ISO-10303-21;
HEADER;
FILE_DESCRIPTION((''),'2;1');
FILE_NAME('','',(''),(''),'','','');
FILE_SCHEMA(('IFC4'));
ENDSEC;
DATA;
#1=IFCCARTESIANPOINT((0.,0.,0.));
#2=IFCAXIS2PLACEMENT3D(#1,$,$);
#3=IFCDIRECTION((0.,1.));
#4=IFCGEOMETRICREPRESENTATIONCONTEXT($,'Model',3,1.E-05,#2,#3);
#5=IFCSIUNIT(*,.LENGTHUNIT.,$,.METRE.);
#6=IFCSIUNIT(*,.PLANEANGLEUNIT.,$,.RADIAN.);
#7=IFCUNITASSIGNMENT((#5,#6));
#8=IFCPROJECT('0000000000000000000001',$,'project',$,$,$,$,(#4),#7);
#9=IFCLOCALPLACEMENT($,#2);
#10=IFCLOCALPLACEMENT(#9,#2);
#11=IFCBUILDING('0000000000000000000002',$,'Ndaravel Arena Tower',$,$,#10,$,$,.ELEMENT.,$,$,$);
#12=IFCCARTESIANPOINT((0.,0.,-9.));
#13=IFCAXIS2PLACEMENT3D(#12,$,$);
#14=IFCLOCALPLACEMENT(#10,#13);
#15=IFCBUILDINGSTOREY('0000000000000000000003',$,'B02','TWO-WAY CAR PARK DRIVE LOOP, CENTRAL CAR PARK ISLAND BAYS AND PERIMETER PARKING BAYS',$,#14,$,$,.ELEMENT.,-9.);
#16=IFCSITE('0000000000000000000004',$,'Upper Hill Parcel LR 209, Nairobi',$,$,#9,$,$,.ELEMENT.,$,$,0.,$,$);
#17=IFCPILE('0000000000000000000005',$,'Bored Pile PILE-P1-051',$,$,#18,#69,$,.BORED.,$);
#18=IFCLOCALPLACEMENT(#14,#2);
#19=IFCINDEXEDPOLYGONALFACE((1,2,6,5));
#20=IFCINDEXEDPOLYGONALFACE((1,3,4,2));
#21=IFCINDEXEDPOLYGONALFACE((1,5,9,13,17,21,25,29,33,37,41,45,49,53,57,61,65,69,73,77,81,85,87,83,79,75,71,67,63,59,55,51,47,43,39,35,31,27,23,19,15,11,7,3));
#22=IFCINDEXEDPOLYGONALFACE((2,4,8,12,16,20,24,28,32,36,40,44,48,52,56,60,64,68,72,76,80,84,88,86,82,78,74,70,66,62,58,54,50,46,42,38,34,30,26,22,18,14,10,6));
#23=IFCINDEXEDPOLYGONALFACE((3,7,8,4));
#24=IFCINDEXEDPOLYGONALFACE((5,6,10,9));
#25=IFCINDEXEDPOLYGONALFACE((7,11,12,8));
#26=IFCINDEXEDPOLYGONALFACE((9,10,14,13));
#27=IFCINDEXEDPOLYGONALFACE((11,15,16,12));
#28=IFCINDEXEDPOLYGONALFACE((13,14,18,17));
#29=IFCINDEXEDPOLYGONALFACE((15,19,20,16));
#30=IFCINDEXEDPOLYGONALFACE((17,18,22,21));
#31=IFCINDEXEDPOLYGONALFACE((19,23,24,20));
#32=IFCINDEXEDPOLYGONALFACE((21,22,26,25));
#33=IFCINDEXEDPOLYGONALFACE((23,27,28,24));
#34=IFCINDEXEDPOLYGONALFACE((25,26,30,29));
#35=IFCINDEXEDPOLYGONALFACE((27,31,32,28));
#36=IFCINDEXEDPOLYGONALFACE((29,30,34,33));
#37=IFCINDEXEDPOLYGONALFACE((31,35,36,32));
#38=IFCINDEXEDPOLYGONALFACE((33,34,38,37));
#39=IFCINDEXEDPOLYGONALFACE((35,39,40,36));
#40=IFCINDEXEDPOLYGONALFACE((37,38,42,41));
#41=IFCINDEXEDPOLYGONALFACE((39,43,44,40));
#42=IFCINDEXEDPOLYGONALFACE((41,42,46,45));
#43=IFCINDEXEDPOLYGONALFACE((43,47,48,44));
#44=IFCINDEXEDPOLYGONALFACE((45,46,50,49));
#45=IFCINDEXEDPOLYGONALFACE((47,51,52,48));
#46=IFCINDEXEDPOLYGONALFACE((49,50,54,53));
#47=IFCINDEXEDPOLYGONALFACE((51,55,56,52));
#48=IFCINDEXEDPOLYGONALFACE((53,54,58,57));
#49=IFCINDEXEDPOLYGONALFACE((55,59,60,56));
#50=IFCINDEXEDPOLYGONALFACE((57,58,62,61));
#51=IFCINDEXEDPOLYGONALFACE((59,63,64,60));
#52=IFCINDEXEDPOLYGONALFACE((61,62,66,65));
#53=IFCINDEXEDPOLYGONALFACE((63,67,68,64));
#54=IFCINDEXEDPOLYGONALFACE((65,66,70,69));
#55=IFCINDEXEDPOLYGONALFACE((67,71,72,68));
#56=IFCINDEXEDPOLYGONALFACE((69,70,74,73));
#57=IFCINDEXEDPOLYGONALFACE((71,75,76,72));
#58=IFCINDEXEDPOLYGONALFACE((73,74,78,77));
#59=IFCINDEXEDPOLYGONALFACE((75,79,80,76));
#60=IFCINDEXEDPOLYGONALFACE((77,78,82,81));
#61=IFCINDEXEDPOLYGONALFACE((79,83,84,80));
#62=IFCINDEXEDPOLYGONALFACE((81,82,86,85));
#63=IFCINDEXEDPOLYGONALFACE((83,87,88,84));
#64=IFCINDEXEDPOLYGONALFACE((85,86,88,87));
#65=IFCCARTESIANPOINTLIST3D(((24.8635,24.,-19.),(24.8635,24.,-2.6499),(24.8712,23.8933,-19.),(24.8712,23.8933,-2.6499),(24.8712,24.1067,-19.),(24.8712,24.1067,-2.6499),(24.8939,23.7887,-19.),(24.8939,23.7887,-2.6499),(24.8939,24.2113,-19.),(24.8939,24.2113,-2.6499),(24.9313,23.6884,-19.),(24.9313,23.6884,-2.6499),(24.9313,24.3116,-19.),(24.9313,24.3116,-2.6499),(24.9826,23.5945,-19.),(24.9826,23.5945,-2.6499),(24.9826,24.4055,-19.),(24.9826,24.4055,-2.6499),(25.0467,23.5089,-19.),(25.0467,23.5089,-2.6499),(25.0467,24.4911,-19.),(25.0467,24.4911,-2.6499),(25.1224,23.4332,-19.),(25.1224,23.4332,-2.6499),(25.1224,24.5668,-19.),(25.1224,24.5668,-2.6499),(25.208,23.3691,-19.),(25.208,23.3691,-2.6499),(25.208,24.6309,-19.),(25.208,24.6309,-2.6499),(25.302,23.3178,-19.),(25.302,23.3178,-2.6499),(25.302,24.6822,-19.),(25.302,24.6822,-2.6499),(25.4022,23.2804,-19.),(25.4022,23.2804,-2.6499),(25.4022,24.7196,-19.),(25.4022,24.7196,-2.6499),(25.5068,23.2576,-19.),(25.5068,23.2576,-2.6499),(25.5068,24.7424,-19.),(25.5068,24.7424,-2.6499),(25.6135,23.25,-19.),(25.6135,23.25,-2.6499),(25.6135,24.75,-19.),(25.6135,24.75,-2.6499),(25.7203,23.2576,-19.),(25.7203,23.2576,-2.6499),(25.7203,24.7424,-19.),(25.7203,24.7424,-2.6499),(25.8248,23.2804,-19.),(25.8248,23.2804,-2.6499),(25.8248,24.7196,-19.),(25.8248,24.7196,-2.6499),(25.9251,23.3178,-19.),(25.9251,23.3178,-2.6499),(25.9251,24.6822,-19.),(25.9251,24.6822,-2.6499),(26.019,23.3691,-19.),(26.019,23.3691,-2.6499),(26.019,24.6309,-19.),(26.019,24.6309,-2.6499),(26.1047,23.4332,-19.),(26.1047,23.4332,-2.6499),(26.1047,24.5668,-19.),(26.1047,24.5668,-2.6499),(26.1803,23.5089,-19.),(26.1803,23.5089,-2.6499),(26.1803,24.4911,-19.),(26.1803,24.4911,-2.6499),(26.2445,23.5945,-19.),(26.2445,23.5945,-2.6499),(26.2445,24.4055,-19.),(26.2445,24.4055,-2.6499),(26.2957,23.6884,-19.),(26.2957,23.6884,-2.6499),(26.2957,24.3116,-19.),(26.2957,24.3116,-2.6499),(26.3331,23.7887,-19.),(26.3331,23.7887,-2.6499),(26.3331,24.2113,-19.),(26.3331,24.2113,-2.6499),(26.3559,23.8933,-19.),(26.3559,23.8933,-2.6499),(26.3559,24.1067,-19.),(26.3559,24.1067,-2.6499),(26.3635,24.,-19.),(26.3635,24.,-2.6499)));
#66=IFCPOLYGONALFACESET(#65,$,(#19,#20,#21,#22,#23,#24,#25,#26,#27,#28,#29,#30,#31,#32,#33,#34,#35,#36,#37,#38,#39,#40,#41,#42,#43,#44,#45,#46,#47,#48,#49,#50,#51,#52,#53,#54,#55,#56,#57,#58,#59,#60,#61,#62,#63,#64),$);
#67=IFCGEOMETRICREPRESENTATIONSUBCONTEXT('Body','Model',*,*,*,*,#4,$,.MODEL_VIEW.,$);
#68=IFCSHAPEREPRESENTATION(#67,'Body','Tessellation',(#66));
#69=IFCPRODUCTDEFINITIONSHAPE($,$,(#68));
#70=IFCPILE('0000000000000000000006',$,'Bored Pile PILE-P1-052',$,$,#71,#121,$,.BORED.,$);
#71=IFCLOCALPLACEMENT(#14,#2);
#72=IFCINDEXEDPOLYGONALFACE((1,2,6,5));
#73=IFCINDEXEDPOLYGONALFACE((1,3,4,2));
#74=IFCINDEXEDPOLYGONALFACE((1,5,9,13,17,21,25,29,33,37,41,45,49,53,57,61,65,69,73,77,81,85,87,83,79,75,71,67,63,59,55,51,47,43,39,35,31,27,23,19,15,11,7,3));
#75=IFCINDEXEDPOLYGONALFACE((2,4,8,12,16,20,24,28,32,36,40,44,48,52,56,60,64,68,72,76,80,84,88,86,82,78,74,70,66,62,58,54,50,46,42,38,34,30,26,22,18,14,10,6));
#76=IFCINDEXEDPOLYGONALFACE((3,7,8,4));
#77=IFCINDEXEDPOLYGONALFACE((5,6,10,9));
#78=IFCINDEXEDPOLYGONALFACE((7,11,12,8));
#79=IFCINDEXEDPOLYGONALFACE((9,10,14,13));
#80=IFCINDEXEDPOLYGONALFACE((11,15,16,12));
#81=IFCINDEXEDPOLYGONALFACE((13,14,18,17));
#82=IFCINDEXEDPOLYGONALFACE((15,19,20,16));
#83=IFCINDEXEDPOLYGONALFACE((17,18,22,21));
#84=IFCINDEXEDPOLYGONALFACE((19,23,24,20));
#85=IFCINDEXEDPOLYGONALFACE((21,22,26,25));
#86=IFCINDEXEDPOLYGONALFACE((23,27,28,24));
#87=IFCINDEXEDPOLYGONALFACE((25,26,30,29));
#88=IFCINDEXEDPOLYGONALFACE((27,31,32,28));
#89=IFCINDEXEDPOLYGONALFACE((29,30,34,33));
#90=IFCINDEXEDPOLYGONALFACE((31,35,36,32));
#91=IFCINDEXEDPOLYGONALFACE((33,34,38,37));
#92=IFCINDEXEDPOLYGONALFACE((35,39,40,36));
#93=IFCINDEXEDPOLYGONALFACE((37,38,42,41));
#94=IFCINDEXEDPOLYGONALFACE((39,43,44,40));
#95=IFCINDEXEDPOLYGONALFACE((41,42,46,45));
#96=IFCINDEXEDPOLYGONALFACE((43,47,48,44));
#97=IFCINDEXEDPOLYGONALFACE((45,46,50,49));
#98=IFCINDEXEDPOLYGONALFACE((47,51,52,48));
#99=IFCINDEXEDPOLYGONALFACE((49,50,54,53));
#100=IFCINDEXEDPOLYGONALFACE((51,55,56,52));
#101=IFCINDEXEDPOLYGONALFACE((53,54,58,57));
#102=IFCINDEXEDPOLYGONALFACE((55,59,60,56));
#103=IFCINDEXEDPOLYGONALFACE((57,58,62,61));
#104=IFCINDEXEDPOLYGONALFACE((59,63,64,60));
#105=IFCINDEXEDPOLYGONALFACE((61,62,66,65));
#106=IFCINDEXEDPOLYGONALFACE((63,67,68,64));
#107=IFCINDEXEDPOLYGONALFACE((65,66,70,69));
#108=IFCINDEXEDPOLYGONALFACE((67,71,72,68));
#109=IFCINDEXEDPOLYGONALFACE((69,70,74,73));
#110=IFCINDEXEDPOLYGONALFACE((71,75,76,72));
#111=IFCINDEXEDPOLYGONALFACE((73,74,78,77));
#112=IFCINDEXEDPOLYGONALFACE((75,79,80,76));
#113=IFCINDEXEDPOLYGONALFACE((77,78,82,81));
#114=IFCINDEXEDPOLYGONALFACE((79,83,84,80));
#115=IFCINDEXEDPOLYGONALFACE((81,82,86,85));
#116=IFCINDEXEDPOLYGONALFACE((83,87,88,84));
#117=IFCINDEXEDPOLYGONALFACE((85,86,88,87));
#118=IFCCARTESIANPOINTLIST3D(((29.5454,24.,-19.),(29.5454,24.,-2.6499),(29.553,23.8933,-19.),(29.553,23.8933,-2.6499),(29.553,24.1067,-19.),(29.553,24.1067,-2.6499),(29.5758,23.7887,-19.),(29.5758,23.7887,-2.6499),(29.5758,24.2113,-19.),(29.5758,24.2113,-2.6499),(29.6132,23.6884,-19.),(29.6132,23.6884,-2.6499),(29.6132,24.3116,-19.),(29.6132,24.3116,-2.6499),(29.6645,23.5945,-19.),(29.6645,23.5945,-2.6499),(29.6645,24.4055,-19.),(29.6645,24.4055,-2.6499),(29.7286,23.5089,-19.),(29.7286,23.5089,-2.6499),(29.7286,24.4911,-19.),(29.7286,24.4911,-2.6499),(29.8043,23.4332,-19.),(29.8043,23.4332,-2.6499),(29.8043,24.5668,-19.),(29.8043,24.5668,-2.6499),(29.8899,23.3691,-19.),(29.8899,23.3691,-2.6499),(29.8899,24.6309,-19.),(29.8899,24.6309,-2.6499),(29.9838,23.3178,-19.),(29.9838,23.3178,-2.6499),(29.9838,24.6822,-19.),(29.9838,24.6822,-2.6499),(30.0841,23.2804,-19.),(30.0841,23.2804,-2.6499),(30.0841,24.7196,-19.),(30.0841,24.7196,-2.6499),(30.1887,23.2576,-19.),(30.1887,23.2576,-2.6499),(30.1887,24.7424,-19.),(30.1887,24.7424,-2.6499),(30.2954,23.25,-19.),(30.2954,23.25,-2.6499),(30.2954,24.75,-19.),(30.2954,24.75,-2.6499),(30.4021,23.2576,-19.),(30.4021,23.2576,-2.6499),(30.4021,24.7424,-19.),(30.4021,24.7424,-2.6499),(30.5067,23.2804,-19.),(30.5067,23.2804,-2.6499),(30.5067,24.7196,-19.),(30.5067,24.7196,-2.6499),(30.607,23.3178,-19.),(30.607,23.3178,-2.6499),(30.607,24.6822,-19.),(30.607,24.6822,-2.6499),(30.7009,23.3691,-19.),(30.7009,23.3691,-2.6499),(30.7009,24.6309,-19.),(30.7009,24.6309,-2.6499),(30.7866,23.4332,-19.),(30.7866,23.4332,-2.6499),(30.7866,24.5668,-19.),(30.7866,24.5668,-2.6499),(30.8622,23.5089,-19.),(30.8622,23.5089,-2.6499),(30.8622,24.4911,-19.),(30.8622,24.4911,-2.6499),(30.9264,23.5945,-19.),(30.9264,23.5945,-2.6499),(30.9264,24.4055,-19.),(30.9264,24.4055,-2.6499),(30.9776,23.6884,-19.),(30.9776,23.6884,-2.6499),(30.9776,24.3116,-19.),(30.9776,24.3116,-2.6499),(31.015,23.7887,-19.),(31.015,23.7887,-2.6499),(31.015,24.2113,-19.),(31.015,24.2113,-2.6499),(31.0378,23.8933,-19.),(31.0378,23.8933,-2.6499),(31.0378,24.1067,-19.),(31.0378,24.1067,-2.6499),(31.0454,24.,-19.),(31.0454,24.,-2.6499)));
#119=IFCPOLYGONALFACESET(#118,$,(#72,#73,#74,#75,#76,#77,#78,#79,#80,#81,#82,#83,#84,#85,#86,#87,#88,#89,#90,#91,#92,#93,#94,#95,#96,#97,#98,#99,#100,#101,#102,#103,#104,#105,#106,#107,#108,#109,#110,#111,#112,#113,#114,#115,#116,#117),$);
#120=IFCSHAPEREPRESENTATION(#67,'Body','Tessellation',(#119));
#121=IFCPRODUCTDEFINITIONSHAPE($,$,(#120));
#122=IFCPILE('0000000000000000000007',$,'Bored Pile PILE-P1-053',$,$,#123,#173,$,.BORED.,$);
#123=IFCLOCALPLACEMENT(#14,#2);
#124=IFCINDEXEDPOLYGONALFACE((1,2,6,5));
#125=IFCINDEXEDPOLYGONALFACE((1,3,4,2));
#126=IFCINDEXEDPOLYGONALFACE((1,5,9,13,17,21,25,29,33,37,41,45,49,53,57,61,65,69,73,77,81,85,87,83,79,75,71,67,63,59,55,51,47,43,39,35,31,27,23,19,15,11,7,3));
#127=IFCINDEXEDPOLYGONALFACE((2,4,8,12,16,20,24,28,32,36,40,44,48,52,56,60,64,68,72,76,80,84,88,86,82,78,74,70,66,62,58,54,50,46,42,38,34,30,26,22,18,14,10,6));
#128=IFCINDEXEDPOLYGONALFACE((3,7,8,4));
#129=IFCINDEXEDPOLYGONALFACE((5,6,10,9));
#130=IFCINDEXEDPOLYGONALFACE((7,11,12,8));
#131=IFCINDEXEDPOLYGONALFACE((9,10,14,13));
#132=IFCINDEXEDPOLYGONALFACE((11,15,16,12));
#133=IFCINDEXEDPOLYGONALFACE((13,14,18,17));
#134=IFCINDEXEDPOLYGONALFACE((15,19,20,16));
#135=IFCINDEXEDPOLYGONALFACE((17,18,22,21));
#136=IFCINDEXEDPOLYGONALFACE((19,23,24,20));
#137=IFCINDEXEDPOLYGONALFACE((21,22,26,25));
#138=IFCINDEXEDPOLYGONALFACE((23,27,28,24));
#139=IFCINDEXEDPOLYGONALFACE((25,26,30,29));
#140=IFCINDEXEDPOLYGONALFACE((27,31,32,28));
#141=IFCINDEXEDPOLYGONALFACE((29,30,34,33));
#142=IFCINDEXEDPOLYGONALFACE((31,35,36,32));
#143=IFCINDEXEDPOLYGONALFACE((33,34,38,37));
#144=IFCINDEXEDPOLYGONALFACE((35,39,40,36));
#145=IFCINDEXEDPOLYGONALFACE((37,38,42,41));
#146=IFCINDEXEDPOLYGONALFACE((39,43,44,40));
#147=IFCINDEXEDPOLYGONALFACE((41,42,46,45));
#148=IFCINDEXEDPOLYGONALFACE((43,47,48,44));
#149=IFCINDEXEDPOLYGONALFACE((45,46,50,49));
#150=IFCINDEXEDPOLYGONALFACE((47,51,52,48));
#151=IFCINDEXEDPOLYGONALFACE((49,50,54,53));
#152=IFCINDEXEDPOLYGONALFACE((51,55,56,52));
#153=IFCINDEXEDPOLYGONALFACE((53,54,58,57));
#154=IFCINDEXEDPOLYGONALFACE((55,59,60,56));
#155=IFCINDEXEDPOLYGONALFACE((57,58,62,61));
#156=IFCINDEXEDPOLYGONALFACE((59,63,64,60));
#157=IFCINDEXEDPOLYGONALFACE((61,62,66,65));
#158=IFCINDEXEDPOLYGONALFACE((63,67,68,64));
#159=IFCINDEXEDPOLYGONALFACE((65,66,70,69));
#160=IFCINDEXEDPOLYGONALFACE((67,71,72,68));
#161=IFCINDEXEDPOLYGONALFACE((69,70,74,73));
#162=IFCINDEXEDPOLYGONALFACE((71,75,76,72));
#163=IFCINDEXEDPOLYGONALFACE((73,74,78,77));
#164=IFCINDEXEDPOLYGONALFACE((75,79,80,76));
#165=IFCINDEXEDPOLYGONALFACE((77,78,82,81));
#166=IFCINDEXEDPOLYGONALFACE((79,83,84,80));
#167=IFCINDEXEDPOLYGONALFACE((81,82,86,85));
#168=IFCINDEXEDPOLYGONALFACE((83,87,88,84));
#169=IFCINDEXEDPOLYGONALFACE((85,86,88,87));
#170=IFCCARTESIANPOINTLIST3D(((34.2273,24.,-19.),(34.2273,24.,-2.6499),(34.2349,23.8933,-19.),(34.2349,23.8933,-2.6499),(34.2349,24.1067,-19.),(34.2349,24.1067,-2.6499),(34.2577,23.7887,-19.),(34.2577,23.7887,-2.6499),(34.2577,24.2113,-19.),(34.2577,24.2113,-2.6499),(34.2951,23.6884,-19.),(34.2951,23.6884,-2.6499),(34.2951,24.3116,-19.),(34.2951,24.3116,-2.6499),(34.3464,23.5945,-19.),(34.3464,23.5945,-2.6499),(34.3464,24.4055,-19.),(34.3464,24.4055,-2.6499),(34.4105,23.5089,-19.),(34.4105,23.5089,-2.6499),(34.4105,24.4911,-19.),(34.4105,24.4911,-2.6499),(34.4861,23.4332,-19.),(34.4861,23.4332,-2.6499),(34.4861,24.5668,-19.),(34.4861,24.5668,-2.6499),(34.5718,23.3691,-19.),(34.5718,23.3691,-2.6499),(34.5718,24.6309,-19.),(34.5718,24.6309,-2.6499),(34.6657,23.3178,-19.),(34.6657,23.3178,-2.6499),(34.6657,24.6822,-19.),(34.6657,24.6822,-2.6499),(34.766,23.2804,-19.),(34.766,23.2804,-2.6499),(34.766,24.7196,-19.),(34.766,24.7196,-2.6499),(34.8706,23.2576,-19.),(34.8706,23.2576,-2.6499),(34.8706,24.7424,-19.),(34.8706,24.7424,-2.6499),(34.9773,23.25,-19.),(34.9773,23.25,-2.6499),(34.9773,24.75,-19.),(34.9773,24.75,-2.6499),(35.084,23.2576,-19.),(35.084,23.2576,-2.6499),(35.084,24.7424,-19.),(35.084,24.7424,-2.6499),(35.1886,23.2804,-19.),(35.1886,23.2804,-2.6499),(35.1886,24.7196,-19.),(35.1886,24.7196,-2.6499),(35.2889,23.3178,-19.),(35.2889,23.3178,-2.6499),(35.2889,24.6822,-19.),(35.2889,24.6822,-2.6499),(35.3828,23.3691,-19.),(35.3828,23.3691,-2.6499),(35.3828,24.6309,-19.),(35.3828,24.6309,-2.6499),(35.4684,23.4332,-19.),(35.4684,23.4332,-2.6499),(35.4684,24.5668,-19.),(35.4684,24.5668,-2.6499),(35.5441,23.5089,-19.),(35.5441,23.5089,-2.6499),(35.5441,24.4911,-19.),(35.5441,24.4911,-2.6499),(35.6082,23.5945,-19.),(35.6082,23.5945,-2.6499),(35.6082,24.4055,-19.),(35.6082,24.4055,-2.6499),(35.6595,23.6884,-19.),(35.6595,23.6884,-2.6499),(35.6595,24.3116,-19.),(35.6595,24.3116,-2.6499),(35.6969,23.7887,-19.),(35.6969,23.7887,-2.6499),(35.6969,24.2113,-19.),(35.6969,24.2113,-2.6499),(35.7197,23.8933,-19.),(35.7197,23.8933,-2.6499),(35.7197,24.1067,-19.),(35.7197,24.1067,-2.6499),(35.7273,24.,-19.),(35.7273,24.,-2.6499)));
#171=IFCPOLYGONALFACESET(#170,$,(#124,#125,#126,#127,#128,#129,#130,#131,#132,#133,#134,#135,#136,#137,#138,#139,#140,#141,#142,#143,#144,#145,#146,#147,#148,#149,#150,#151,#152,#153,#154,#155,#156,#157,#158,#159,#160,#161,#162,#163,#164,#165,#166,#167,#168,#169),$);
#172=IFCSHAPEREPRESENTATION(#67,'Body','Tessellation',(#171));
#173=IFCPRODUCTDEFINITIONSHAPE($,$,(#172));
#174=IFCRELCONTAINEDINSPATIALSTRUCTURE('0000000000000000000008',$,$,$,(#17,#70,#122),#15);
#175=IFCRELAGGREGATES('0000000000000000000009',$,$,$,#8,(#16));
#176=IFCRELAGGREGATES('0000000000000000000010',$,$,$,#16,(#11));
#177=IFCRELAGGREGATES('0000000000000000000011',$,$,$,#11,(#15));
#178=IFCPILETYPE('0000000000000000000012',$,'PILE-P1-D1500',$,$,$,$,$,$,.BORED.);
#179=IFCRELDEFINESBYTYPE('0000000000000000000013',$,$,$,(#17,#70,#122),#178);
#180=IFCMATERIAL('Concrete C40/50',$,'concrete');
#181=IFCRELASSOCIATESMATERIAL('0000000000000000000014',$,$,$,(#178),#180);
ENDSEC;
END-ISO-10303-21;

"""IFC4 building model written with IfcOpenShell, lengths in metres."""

from ifc_helpers import new_model, si_unit, direction, frame, origin, origin_2d, place, context, subcontext, project, spatial, circle, extrude, material, material_profile, profile_set, type_object, element, save


model = new_model("IFC4")

# Units and contexts
model_context = context("Model", 3, precision=1e-05, world=origin(), true_north=direction((0.0, 1.0)))
body_context = subcontext(model_context, "Body", "Model", "MODEL_VIEW")
ifc_project = project(units=[si_unit("LENGTHUNIT", "METRE"), si_unit("PLANEANGLEUNIT", "RADIAN")], contexts=[model_context])

# Site, building, storey
site_placement = place(None, origin())
site = spatial("IfcSite", under=ifc_project, at=site_placement, Name="Upper Hill Parcel LR 209, Nairobi", CompositionType="ELEMENT", RefElevation=0.0)
building_placement = place(site_placement, origin())
building = spatial("IfcBuilding", under=site, at=building_placement, Name="Ndaravel Arena Tower", CompositionType="ELEMENT")
storey_placement = place(building_placement, frame((0.0, 0.0, -9.0)))
storey = spatial("IfcBuildingStorey", under=building, at=storey_placement, Name="B02", Description="TWO-WAY CAR PARK DRIVE LOOP, CENTRAL CAR PARK ISLAND BAYS AND PERIMETER PARKING BAYS", CompositionType="ELEMENT", Elevation=-9.0)

# Piles
ifc_material_1 = material(Name="Concrete C40/50", Category="concrete")
ifc_material_profile_1 = material_profile(ifc_material_1, circle(Radius=0.75, at=origin_2d()), Name="BORED PILE D1500")
ifc_profile_set_1 = profile_set([ifc_material_profile_1], Name="Concrete C40/50")
pile_type = type_object("IfcPileType", Name="PILE-P1-D1500", PredefinedType="BORED", material=ifc_profile_set_1)
for number, where, z_axis, x_axis, name in (
    (1, (25.6135, 24.0, -2.6499), (0.0, 0.0, -1.0), (1.0, 0.0, 0.0), "Bored Pile PILE-P1-051"),
    (2, (30.2954, 24.0, -2.6499), (0.0, 0.0, -1.0), (1.0, 0.0, 0.0), "Bored Pile PILE-P1-052"),
    (3, (34.9773, 24.0, -2.6499), (0.0, 0.0, -1.0), (1.0, 0.0, 0.0), "Bored Pile PILE-P1-053"),
):
    element("IfcPile", number, at=place(storey_placement, frame(where, z_axis=z_axis, x_axis=x_axis)), inside=storey, type_object=pile_type, Name=name, PredefinedType="BORED", context=body_context, shape_type="SweptSolid", body=[
        extrude(circle(Radius=0.75, at=origin_2d()), origin(), (0.0, 0.0, 1.0), 16.3501),
    ])

save(model, "model.ifc")
